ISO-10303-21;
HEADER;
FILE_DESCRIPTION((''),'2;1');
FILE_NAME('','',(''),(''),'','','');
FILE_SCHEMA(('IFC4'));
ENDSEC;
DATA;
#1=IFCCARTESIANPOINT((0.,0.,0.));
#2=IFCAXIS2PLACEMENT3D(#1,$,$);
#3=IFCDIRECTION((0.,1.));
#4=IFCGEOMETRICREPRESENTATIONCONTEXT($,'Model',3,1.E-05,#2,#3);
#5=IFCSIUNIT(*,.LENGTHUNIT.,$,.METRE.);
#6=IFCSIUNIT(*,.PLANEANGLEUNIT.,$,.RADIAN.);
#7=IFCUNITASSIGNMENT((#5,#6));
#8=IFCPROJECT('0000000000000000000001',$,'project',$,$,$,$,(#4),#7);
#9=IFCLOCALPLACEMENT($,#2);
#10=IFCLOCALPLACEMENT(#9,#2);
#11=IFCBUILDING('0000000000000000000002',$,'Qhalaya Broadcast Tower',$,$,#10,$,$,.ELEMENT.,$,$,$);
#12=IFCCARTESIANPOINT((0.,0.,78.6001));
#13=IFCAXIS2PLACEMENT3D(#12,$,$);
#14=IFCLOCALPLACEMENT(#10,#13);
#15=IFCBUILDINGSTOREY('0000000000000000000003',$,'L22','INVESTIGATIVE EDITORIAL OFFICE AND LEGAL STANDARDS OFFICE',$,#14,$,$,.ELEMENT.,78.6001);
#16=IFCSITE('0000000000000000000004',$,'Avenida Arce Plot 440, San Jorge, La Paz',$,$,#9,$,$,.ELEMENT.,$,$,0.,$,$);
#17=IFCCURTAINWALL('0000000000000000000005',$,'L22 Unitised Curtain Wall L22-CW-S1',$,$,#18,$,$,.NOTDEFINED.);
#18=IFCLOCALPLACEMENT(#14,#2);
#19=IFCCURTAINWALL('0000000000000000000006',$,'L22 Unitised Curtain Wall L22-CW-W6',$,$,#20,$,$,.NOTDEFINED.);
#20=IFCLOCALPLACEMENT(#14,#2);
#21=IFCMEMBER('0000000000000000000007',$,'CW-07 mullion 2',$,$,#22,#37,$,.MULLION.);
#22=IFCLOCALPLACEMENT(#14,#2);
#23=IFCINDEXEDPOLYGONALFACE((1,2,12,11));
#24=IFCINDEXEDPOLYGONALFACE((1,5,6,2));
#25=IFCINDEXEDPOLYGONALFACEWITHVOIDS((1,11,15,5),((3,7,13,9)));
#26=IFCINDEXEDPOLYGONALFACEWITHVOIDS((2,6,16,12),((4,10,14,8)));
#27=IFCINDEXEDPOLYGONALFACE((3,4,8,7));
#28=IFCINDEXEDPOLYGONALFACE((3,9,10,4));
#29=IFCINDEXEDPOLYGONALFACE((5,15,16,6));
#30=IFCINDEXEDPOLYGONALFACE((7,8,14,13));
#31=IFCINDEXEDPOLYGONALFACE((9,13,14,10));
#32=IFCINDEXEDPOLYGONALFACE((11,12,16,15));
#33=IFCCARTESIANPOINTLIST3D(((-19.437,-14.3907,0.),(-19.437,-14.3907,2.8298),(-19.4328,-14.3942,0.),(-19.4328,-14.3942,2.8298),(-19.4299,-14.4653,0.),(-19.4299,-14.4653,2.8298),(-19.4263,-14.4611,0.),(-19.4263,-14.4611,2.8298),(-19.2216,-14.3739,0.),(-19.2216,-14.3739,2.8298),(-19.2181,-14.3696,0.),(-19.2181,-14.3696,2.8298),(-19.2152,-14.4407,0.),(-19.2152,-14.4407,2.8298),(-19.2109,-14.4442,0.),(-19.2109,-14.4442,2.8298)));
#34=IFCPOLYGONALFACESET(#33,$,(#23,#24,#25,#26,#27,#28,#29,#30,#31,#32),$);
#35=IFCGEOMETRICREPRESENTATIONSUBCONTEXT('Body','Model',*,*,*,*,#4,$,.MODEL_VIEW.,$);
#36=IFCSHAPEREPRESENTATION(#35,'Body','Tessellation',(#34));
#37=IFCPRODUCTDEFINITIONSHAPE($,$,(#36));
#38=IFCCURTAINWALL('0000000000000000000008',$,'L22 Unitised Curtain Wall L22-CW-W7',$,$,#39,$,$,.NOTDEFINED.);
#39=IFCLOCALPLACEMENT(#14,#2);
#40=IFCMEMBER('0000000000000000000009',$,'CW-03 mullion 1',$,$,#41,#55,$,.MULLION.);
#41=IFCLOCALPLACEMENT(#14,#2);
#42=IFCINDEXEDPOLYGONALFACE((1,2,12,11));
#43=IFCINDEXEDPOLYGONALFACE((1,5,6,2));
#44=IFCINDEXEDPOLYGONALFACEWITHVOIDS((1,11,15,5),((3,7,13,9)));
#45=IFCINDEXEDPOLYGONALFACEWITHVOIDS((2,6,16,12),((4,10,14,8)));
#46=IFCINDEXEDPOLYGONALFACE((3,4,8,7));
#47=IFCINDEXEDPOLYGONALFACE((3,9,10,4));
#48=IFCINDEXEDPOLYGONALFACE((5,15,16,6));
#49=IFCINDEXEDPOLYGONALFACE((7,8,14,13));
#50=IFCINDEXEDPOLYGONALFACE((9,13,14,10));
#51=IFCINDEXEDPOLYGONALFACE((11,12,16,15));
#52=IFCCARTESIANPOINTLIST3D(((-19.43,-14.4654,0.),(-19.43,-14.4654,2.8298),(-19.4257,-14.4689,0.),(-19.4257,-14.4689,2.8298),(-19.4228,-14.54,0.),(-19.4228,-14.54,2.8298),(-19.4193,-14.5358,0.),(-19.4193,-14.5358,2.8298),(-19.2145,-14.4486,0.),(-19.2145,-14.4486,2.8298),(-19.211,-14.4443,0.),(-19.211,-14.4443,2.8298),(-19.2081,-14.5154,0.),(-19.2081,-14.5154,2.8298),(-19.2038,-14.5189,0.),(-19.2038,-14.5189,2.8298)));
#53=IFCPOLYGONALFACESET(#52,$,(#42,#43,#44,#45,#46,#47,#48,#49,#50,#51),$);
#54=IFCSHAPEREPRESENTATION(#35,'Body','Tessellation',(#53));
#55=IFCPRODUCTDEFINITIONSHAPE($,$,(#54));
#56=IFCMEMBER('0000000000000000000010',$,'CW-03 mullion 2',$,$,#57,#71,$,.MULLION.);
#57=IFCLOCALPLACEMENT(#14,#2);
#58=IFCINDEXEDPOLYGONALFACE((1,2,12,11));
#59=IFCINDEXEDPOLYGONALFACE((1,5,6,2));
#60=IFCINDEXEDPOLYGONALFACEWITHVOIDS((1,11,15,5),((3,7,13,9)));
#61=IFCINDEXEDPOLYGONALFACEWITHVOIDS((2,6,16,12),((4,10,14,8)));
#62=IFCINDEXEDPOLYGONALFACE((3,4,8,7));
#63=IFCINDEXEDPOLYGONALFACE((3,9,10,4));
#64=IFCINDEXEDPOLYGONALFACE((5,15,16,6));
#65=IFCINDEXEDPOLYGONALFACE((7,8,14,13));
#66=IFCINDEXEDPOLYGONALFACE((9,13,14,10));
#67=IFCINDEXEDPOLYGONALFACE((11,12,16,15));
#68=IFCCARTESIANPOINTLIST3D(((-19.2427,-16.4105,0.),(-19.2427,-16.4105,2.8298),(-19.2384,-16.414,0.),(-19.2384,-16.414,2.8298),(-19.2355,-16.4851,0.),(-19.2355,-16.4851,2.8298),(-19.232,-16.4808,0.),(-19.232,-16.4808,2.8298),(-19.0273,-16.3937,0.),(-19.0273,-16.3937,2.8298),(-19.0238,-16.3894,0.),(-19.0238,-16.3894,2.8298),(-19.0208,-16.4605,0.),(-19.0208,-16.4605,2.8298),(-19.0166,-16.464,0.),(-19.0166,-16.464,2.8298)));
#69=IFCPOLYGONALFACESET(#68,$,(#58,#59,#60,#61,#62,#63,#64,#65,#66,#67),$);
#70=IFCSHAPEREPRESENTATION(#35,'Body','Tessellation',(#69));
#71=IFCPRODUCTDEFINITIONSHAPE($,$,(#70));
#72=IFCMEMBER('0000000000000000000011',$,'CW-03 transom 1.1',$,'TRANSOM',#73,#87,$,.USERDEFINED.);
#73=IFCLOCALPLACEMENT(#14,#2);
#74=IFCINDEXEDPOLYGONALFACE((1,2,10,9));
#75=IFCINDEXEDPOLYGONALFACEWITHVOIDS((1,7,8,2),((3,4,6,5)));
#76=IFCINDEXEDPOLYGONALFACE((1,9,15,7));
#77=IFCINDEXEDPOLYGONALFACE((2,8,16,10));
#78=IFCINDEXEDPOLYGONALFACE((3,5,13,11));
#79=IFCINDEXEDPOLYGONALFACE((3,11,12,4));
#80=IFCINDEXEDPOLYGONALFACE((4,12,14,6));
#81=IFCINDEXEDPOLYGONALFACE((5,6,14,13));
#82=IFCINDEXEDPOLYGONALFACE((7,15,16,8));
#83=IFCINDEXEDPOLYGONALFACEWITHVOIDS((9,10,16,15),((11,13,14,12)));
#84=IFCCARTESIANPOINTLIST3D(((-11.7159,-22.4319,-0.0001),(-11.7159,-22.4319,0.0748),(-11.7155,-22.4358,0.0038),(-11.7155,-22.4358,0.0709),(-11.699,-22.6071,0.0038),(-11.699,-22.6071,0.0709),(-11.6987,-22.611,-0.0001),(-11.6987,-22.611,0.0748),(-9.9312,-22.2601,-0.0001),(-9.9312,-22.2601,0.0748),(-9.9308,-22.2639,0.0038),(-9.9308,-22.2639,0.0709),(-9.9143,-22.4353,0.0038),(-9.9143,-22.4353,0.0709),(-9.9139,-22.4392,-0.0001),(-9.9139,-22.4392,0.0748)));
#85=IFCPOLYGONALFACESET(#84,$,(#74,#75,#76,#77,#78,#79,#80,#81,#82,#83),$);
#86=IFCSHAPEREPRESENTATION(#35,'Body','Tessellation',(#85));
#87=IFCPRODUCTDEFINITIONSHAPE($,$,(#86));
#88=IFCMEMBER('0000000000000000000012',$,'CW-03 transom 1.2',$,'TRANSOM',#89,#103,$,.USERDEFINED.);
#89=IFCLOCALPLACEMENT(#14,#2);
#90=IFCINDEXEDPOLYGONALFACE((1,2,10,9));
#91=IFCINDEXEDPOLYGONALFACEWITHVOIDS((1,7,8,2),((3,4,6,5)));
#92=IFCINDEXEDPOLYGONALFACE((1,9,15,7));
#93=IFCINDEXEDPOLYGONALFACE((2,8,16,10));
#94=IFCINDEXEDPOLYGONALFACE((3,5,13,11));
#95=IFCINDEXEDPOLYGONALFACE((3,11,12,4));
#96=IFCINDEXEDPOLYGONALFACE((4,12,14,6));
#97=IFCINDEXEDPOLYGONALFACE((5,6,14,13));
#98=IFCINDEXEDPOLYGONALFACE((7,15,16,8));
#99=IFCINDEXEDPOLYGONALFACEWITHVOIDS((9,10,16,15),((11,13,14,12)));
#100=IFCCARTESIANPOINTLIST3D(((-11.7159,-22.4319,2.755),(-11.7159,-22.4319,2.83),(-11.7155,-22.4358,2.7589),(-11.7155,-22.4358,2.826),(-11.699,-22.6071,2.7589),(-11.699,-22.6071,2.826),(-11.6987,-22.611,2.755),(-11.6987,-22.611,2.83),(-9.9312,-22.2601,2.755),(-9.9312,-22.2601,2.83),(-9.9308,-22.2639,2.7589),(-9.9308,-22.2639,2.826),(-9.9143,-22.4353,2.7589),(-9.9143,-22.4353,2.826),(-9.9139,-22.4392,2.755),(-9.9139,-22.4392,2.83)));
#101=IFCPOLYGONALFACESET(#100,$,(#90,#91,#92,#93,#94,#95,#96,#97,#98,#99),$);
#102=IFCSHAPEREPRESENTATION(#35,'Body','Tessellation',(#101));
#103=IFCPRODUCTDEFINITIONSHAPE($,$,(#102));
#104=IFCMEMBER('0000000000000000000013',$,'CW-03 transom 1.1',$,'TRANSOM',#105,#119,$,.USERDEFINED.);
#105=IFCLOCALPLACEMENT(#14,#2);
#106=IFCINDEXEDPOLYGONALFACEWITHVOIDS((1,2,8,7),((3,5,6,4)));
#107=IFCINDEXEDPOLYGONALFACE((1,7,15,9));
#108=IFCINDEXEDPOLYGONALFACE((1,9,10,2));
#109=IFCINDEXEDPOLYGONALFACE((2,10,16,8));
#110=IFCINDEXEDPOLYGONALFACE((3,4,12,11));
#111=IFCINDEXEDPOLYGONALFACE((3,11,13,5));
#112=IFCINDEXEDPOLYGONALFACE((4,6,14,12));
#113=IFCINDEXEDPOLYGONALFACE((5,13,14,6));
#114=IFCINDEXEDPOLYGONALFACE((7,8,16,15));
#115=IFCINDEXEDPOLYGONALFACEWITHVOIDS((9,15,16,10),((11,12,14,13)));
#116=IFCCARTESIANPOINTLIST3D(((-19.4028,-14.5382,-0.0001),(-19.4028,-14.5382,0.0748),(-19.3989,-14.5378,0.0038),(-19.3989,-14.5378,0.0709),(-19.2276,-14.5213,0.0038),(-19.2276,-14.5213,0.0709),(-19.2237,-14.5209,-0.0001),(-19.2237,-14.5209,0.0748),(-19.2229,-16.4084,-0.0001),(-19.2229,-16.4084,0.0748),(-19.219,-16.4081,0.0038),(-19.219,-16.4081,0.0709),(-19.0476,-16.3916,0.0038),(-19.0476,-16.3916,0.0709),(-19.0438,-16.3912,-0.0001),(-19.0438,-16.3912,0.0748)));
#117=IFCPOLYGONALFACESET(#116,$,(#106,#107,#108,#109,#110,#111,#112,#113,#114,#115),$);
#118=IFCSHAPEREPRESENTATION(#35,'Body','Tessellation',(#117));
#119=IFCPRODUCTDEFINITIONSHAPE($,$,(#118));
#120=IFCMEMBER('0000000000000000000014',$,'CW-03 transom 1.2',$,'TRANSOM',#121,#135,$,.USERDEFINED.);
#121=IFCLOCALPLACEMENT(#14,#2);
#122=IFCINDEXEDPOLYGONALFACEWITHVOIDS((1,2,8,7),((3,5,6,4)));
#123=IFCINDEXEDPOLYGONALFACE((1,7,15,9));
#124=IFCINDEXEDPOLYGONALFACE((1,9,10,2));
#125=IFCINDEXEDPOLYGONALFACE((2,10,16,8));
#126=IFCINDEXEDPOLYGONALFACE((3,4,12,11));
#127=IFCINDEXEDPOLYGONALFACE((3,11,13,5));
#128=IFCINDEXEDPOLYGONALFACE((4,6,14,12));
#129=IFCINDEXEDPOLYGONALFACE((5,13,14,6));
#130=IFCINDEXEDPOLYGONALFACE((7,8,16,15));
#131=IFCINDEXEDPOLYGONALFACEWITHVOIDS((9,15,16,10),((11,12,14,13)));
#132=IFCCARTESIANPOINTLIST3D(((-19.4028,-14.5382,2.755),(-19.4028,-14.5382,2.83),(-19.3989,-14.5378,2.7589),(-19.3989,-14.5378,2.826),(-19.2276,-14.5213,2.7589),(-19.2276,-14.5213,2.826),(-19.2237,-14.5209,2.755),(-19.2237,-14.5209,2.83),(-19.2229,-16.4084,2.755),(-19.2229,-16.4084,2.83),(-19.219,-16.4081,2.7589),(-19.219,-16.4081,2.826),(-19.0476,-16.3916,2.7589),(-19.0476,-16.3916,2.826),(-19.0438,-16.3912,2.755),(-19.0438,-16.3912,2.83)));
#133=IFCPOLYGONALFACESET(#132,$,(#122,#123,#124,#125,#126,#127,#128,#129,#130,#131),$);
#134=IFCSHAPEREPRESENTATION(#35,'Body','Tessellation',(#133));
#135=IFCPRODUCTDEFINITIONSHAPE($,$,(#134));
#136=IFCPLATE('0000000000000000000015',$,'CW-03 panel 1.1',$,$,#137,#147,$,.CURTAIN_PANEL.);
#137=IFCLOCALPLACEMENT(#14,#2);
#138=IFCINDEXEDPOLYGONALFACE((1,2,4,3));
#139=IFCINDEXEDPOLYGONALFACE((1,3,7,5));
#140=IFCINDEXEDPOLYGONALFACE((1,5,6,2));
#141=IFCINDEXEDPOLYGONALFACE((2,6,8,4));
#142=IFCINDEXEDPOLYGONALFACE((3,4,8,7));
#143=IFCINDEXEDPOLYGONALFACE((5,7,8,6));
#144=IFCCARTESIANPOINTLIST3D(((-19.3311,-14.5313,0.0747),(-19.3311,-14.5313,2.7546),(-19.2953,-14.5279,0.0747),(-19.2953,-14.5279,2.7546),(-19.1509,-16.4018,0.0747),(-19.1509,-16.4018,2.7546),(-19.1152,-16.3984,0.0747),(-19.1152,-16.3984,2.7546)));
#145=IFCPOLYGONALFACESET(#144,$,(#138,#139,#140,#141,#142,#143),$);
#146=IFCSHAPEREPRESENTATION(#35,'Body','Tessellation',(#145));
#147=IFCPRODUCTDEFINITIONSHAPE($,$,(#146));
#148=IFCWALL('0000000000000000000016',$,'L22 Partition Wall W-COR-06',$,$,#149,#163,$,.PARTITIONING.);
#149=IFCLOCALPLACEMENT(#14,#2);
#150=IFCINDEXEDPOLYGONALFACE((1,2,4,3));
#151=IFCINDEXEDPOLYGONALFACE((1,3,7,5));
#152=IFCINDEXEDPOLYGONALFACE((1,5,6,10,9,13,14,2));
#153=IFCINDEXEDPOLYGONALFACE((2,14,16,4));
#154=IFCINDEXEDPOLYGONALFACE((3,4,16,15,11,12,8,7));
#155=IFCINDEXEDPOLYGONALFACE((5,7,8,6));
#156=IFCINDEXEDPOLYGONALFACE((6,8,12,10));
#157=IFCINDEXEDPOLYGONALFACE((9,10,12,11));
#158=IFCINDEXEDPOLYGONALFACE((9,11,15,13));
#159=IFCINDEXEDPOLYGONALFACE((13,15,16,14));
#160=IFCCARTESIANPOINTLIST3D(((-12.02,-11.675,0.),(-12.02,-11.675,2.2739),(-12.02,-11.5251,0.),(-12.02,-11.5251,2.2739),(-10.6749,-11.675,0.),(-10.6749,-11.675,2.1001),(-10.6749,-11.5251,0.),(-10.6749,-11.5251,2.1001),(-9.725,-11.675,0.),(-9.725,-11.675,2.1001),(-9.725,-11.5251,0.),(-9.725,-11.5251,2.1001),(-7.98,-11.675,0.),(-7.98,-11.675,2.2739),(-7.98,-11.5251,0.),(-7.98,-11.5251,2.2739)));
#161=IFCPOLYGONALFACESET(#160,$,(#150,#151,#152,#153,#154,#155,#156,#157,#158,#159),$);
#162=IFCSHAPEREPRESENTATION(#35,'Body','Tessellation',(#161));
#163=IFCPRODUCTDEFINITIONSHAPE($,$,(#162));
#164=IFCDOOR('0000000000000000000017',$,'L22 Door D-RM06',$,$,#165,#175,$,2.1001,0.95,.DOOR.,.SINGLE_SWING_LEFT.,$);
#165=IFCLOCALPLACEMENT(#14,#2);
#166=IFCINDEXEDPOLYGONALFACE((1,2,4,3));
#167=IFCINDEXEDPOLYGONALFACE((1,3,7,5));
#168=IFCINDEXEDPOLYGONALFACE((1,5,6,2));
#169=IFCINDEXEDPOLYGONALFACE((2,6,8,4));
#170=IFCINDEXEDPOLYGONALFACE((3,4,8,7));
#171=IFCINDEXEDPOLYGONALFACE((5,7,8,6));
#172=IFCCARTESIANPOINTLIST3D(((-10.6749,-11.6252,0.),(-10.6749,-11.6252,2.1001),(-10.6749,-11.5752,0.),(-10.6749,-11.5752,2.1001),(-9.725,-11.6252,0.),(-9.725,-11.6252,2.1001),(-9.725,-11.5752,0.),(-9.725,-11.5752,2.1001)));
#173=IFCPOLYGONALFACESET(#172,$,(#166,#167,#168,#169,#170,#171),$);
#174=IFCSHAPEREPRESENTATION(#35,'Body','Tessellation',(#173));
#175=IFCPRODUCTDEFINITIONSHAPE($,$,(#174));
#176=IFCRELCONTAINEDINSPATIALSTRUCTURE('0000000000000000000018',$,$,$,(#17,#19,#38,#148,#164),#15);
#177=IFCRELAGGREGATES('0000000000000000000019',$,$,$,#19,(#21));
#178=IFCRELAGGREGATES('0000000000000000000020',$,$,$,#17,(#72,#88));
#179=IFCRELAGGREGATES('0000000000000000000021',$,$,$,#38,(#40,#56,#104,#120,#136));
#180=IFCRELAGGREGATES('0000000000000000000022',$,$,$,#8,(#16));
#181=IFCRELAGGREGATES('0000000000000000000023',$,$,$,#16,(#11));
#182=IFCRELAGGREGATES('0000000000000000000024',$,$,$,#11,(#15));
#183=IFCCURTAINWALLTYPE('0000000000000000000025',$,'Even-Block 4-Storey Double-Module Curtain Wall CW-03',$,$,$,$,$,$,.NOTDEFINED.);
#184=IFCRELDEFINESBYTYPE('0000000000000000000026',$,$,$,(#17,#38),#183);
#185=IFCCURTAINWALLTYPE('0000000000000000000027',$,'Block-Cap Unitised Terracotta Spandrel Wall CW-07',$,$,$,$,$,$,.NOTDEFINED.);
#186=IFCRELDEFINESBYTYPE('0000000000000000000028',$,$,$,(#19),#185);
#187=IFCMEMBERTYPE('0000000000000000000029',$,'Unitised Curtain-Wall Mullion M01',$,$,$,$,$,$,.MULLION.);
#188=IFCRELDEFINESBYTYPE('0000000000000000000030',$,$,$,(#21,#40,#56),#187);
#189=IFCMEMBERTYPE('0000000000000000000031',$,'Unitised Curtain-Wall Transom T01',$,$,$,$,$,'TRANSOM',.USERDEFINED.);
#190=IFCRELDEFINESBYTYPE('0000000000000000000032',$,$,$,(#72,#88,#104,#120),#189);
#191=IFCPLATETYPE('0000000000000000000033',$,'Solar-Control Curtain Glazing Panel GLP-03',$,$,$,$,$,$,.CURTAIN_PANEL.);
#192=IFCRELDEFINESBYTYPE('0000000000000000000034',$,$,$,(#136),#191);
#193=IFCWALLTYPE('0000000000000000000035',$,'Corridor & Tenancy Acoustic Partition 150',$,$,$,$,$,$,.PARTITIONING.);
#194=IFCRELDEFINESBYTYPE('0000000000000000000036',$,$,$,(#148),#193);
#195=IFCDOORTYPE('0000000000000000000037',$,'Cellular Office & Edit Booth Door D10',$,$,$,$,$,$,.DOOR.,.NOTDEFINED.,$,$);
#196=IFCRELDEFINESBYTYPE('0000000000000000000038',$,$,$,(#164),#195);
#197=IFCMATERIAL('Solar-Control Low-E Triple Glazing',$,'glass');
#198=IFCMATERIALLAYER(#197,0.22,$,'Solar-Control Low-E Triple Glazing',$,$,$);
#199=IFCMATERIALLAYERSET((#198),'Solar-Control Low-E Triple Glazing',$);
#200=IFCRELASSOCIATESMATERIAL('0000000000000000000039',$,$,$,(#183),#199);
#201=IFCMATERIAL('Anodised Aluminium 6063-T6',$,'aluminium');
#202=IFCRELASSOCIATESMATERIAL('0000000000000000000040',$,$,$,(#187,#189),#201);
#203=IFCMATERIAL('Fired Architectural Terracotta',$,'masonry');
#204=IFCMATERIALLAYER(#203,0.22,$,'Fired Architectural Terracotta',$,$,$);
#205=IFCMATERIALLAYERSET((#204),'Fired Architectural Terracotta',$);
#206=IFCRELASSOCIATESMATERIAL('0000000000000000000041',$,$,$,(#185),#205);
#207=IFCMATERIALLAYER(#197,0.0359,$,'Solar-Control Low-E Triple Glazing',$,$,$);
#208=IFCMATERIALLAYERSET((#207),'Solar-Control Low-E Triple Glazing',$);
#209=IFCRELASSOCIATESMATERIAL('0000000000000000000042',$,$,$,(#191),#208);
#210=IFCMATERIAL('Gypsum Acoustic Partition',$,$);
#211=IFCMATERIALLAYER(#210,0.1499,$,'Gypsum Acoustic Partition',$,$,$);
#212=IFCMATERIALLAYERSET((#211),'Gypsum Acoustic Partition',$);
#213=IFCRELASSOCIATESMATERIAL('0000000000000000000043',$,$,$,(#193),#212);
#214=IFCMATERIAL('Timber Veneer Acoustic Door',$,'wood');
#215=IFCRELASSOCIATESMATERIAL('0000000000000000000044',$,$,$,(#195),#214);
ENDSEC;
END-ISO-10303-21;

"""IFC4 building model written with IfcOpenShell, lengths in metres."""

from ifc_helpers import new_model, si_unit, direction, frame, frame_2d, origin, origin_2d, place, context, subcontext, project, spatial, rectangle, hollow_rectangle, extrude, material, layer, layer_set, material_profile, profile_set, type_object, element, fill, aggregate, save


model = new_model("IFC4")

# Units and contexts
model_context = context("Model", 3, precision=1e-05, world=origin(), true_north=direction((0.0, 1.0)))
body_context = subcontext(model_context, "Body", "Model", "MODEL_VIEW")
ifc_project = project(units=[si_unit("LENGTHUNIT", "METRE"), si_unit("PLANEANGLEUNIT", "RADIAN")], contexts=[model_context])

# Site, building, storey
site_placement = place(None, origin())
site = spatial("IfcSite", under=ifc_project, at=site_placement, Name="Avenida Arce Plot 440, San Jorge, La Paz", CompositionType="ELEMENT", RefElevation=0.0)
building_placement = place(site_placement, origin())
building = spatial("IfcBuilding", under=site, at=building_placement, Name="Qhalaya Broadcast Tower", CompositionType="ELEMENT")
storey_placement = place(building_placement, frame((0.0, 0.0, 78.6001)))
storey = spatial("IfcBuildingStorey", under=building, at=storey_placement, Name="L22", Description="INVESTIGATIVE EDITORIAL OFFICE AND LEGAL STANDARDS OFFICE", CompositionType="ELEMENT", Elevation=78.6001)

# Shared definitions
ifc_material_1 = material(Name="Fired Architectural Terracotta", Category="masonry")

# Curtain walls, member
ifc_material_2 = material(Name="Solar-Control Low-E Triple Glazing", Category="glass")
ifc_layer_1 = layer(ifc_material_2, 0.22, Name="Solar-Control Low-E Triple Glazing")
ifc_layer_set_1 = layer_set([ifc_layer_1], Name="Solar-Control Low-E Triple Glazing")
curtain_wall_type_1 = type_object("IfcCurtainWallType", Name="Even-Block 4-Storey Double-Module Curtain Wall CW-03", PredefinedType="NOTDEFINED", material=ifc_layer_set_1)
curtain_wall_1_placement = place(storey_placement, origin())
curtain_wall_1 = element("IfcCurtainWall", 1, at=curtain_wall_1_placement, inside=storey, type_object=curtain_wall_type_1, Name="L22 Unitised Curtain Wall L22-CW-S1", PredefinedType="NOTDEFINED")
ifc_material_3 = material(Name="Anodised Aluminium 6063-T6", Category="aluminium")
ifc_material_profile_1 = material_profile(ifc_material_3, hollow_rectangle(XDim=0.075, YDim=0.22, WallThickness=0.0039, at=origin_2d()), Name="ALU-MUL 75x220x4")
ifc_profile_set_1 = profile_set([ifc_material_profile_1], Name="Anodised Aluminium 6063-T6")
member_type_1 = type_object("IfcMemberType", Name="Unitised Curtain-Wall Mullion M01", PredefinedType="MULLION", material=ifc_profile_set_1)
ifc_layer_2 = layer(ifc_material_1, 0.22, Name="Fired Architectural Terracotta")
ifc_layer_set_2 = layer_set([ifc_layer_2], Name="Fired Architectural Terracotta")
curtain_wall_type_2 = type_object("IfcCurtainWallType", Name="Block-Cap Unitised Terracotta Spandrel Wall CW-07", PredefinedType="NOTDEFINED", material=ifc_layer_set_2)
curtain_wall_2_placement = place(storey_placement, origin())
curtain_wall_2 = element("IfcCurtainWall", 2, at=curtain_wall_2_placement, inside=storey, type_object=curtain_wall_type_2, Name="L22 Unitised Curtain Wall L22-CW-W6", PredefinedType="NOTDEFINED")
member_1_placement = place(storey_placement, frame((-19.324, -14.4175, 0.0), z_axis=(0.0, 0.0, 1.0), x_axis=(0.095842, -0.995397, 0.0)))
member_1 = element("IfcMember", 3, at=member_1_placement, type_object=member_type_1, Name="CW-07 mullion 2", PredefinedType="MULLION", context=body_context, shape_type="SweptSolid", body=[
    extrude(hollow_rectangle(XDim=0.075, YDim=0.22, WallThickness=0.0039, at=origin_2d()), origin(), (0.0, 0.0, 1.0), 2.8298),
])
aggregate(curtain_wall_2, [member_1])

# Curtain wall, members
curtain_wall_3_placement = place(storey_placement, origin())
curtain_wall_3 = element("IfcCurtainWall", 4, at=curtain_wall_3_placement, inside=storey, type_object=curtain_wall_type_1, Name="L22 Unitised Curtain Wall L22-CW-W7", PredefinedType="NOTDEFINED")
member_2_placement = place(storey_placement, frame((-19.3169, -14.4922, 0.0), z_axis=(0.0, 0.0, 1.0), x_axis=(0.095858, -0.995395, 0.0)))
member_2 = element("IfcMember", 5, at=member_2_placement, type_object=member_type_1, Name="CW-03 mullion 1", PredefinedType="MULLION", context=body_context, shape_type="SweptSolid", body=[
    extrude(hollow_rectangle(XDim=0.075, YDim=0.22, WallThickness=0.0039, at=origin_2d()), origin(), (0.0, 0.0, 1.0), 2.8298),
])
member_3_placement = place(storey_placement, frame((-19.1296, -16.4373, 0.0), z_axis=(0.0, 0.0, 1.0), x_axis=(0.095858, -0.995395, 0.0)))
member_3 = element("IfcMember", 6, at=member_3_placement, type_object=member_type_1, Name="CW-03 mullion 2", PredefinedType="MULLION", context=body_context, shape_type="SweptSolid", body=[
    extrude(hollow_rectangle(XDim=0.075, YDim=0.22, WallThickness=0.0039, at=origin_2d()), origin(), (0.0, 0.0, 1.0), 2.8298),
])

# Members
ifc_material_profile_2 = material_profile(ifc_material_3, hollow_rectangle(XDim=0.075, YDim=0.1799, WallThickness=0.0039, at=origin_2d()), Name="ALU-TRN 75x180x4")
ifc_profile_set_2 = profile_set([ifc_material_profile_2], Name="Anodised Aluminium 6063-T6")
member_type_2 = type_object("IfcMemberType", Name="Unitised Curtain-Wall Transom T01", ElementType="TRANSOM", PredefinedType="USERDEFINED", material=ifc_profile_set_2)
member_4_placement = place(storey_placement, frame((-11.7073, -22.5215, 0.0374), z_axis=(0.995395, 0.095863, 0.0), x_axis=(0.0, 0.0, 1.0)))
member_4 = element("IfcMember", 7, at=member_4_placement, type_object=member_type_2, Name="CW-03 transom 1.1", ObjectType="TRANSOM", PredefinedType="USERDEFINED", context=body_context, shape_type="SweptSolid", body=[
    extrude(hollow_rectangle(XDim=0.075, YDim=0.1799, WallThickness=0.0039, at=origin_2d()), origin(), (0.0, 0.0, 1.0), 1.793),
])
member_5_placement = place(storey_placement, frame((-11.7073, -22.5215, 2.7925), z_axis=(0.995395, 0.095863, 0.0), x_axis=(0.0, 0.0, 1.0)))
member_5 = element("IfcMember", 8, at=member_5_placement, type_object=member_type_2, Name="CW-03 transom 1.2", ObjectType="TRANSOM", PredefinedType="USERDEFINED", context=body_context, shape_type="SweptSolid", body=[
    extrude(hollow_rectangle(XDim=0.075, YDim=0.1799, WallThickness=0.0039, at=origin_2d()), origin(), (0.0, 0.0, 1.0), 1.793),
])
aggregate(curtain_wall_1, [member_4, member_5])
member_6_placement = place(storey_placement, frame((-19.3132, -14.5295, 0.0374), z_axis=(0.095759, -0.995405, 0.0), x_axis=(0.0, 0.0, 1.0)))
member_6 = element("IfcMember", 9, at=member_6_placement, type_object=member_type_2, Name="CW-03 transom 1.1", ObjectType="TRANSOM", PredefinedType="USERDEFINED", context=body_context, shape_type="SweptSolid", body=[
    extrude(hollow_rectangle(XDim=0.075, YDim=0.1799, WallThickness=0.0039, at=origin_2d()), origin(), (0.0, 0.0, 1.0), 1.8789),
])
member_7_placement = place(storey_placement, frame((-19.3132, -14.5295, 2.7925), z_axis=(0.095759, -0.995405, 0.0), x_axis=(0.0, 0.0, 1.0)))
member_7 = element("IfcMember", 10, at=member_7_placement, type_object=member_type_2, Name="CW-03 transom 1.2", ObjectType="TRANSOM", PredefinedType="USERDEFINED", context=body_context, shape_type="SweptSolid", body=[
    extrude(hollow_rectangle(XDim=0.075, YDim=0.1799, WallThickness=0.0039, at=origin_2d()), origin(), (0.0, 0.0, 1.0), 1.8789),
])

# Plate
ifc_layer_3 = layer(ifc_material_2, 0.0359, Name="Solar-Control Low-E Triple Glazing")
ifc_layer_set_3 = layer_set([ifc_layer_3], Name="Solar-Control Low-E Triple Glazing")
plate_type = type_object("IfcPlateType", Name="Solar-Control Curtain Glazing Panel GLP-03", PredefinedType="CURTAIN_PANEL", material=ifc_layer_set_3)
plate_placement = place(storey_placement, frame((-19.2231, -15.4648, 0.0747), z_axis=(0.0, 0.0, 1.0), x_axis=(0.095858, -0.995395, 0.0)))
plate = element("IfcPlate", 11, at=plate_placement, type_object=plate_type, Name="CW-03 panel 1.1", PredefinedType="CURTAIN_PANEL", context=body_context, shape_type="SweptSolid", body=[
    extrude(rectangle(XDim=1.8792, YDim=0.0359, at=origin_2d()), origin(), (0.0, 0.0, 1.0), 2.6799),
])
aggregate(curtain_wall_3, [member_2, member_3, member_6, member_7, plate])

# Wall, opening, door
ifc_material_4 = material(Name="Gypsum Acoustic Partition")
ifc_layer_4 = layer(ifc_material_4, 0.1499, Name="Gypsum Acoustic Partition")
ifc_layer_set_4 = layer_set([ifc_layer_4], Name="Gypsum Acoustic Partition")
wall_type_1 = type_object("IfcWallType", Name="Corridor & Tenancy Acoustic Partition 150", PredefinedType="PARTITIONING", material=ifc_layer_set_4)
wall_1_placement = place(storey_placement, frame((-12.02, -11.6001, 0.0), z_axis=(0.0, 0.0, 1.0), x_axis=(1.0, 0.0, 0.0)))
wall_1 = element("IfcWall", 12, at=wall_1_placement, inside=storey, type_object=wall_type_1, Name="L22 Partition Wall W-COR-06", PredefinedType="PARTITIONING", context=body_context, shape_type="SweptSolid", body=[
    extrude(rectangle(XDim=4.04, YDim=0.1499, at=frame_2d((2.02, 0.0))), origin(), (0.0, 0.0, 1.0), 2.2739),
])
opening_1_placement = place(wall_1_placement, frame((1.345, 0.0, 0.0)))
opening_1 = element("IfcOpeningElement", 13, at=opening_1_placement, cuts=wall_1, PredefinedType="OPENING", context=body_context, shape_type="SweptSolid", body=[
    extrude(rectangle(XDim=0.95, YDim=2.1001, at=frame_2d((0.4751, 1.05))), frame((0.0, 0.0869, 0.0), z_axis=(0.0, -1.0, 0.0), x_axis=(1.0, 0.0, 0.0)), (0.0, 0.0, 1.0), 0.1738),
])
ifc_material_5 = material(Name="Timber Veneer Acoustic Door", Category="wood")
door_type = type_object("IfcDoorType", Name="Cellular Office & Edit Booth Door D10", OperationType="NOTDEFINED", PredefinedType="DOOR", material=ifc_material_5)
door_1_placement = place(opening_1_placement, origin())
door_1 = element("IfcDoor", 14, at=door_1_placement, inside=storey, type_object=door_type, Name="L22 Door D-RM06", OperationType="SINGLE_SWING_LEFT", OverallHeight=2.1001, OverallWidth=0.95, PredefinedType="DOOR", context=body_context, shape_type="SweptSolid", body=[
    extrude(rectangle(XDim=0.95, YDim=2.1001, at=frame_2d((0.4751, 1.05))), frame((0.0, 0.0249, 0.0), z_axis=(0.0, -1.0, 0.0), x_axis=(1.0, 0.0, 0.0)), (0.0, 0.0, 1.0), 0.05),
])
fill(opening_1, door_1)

save(model, "model.ifc")
